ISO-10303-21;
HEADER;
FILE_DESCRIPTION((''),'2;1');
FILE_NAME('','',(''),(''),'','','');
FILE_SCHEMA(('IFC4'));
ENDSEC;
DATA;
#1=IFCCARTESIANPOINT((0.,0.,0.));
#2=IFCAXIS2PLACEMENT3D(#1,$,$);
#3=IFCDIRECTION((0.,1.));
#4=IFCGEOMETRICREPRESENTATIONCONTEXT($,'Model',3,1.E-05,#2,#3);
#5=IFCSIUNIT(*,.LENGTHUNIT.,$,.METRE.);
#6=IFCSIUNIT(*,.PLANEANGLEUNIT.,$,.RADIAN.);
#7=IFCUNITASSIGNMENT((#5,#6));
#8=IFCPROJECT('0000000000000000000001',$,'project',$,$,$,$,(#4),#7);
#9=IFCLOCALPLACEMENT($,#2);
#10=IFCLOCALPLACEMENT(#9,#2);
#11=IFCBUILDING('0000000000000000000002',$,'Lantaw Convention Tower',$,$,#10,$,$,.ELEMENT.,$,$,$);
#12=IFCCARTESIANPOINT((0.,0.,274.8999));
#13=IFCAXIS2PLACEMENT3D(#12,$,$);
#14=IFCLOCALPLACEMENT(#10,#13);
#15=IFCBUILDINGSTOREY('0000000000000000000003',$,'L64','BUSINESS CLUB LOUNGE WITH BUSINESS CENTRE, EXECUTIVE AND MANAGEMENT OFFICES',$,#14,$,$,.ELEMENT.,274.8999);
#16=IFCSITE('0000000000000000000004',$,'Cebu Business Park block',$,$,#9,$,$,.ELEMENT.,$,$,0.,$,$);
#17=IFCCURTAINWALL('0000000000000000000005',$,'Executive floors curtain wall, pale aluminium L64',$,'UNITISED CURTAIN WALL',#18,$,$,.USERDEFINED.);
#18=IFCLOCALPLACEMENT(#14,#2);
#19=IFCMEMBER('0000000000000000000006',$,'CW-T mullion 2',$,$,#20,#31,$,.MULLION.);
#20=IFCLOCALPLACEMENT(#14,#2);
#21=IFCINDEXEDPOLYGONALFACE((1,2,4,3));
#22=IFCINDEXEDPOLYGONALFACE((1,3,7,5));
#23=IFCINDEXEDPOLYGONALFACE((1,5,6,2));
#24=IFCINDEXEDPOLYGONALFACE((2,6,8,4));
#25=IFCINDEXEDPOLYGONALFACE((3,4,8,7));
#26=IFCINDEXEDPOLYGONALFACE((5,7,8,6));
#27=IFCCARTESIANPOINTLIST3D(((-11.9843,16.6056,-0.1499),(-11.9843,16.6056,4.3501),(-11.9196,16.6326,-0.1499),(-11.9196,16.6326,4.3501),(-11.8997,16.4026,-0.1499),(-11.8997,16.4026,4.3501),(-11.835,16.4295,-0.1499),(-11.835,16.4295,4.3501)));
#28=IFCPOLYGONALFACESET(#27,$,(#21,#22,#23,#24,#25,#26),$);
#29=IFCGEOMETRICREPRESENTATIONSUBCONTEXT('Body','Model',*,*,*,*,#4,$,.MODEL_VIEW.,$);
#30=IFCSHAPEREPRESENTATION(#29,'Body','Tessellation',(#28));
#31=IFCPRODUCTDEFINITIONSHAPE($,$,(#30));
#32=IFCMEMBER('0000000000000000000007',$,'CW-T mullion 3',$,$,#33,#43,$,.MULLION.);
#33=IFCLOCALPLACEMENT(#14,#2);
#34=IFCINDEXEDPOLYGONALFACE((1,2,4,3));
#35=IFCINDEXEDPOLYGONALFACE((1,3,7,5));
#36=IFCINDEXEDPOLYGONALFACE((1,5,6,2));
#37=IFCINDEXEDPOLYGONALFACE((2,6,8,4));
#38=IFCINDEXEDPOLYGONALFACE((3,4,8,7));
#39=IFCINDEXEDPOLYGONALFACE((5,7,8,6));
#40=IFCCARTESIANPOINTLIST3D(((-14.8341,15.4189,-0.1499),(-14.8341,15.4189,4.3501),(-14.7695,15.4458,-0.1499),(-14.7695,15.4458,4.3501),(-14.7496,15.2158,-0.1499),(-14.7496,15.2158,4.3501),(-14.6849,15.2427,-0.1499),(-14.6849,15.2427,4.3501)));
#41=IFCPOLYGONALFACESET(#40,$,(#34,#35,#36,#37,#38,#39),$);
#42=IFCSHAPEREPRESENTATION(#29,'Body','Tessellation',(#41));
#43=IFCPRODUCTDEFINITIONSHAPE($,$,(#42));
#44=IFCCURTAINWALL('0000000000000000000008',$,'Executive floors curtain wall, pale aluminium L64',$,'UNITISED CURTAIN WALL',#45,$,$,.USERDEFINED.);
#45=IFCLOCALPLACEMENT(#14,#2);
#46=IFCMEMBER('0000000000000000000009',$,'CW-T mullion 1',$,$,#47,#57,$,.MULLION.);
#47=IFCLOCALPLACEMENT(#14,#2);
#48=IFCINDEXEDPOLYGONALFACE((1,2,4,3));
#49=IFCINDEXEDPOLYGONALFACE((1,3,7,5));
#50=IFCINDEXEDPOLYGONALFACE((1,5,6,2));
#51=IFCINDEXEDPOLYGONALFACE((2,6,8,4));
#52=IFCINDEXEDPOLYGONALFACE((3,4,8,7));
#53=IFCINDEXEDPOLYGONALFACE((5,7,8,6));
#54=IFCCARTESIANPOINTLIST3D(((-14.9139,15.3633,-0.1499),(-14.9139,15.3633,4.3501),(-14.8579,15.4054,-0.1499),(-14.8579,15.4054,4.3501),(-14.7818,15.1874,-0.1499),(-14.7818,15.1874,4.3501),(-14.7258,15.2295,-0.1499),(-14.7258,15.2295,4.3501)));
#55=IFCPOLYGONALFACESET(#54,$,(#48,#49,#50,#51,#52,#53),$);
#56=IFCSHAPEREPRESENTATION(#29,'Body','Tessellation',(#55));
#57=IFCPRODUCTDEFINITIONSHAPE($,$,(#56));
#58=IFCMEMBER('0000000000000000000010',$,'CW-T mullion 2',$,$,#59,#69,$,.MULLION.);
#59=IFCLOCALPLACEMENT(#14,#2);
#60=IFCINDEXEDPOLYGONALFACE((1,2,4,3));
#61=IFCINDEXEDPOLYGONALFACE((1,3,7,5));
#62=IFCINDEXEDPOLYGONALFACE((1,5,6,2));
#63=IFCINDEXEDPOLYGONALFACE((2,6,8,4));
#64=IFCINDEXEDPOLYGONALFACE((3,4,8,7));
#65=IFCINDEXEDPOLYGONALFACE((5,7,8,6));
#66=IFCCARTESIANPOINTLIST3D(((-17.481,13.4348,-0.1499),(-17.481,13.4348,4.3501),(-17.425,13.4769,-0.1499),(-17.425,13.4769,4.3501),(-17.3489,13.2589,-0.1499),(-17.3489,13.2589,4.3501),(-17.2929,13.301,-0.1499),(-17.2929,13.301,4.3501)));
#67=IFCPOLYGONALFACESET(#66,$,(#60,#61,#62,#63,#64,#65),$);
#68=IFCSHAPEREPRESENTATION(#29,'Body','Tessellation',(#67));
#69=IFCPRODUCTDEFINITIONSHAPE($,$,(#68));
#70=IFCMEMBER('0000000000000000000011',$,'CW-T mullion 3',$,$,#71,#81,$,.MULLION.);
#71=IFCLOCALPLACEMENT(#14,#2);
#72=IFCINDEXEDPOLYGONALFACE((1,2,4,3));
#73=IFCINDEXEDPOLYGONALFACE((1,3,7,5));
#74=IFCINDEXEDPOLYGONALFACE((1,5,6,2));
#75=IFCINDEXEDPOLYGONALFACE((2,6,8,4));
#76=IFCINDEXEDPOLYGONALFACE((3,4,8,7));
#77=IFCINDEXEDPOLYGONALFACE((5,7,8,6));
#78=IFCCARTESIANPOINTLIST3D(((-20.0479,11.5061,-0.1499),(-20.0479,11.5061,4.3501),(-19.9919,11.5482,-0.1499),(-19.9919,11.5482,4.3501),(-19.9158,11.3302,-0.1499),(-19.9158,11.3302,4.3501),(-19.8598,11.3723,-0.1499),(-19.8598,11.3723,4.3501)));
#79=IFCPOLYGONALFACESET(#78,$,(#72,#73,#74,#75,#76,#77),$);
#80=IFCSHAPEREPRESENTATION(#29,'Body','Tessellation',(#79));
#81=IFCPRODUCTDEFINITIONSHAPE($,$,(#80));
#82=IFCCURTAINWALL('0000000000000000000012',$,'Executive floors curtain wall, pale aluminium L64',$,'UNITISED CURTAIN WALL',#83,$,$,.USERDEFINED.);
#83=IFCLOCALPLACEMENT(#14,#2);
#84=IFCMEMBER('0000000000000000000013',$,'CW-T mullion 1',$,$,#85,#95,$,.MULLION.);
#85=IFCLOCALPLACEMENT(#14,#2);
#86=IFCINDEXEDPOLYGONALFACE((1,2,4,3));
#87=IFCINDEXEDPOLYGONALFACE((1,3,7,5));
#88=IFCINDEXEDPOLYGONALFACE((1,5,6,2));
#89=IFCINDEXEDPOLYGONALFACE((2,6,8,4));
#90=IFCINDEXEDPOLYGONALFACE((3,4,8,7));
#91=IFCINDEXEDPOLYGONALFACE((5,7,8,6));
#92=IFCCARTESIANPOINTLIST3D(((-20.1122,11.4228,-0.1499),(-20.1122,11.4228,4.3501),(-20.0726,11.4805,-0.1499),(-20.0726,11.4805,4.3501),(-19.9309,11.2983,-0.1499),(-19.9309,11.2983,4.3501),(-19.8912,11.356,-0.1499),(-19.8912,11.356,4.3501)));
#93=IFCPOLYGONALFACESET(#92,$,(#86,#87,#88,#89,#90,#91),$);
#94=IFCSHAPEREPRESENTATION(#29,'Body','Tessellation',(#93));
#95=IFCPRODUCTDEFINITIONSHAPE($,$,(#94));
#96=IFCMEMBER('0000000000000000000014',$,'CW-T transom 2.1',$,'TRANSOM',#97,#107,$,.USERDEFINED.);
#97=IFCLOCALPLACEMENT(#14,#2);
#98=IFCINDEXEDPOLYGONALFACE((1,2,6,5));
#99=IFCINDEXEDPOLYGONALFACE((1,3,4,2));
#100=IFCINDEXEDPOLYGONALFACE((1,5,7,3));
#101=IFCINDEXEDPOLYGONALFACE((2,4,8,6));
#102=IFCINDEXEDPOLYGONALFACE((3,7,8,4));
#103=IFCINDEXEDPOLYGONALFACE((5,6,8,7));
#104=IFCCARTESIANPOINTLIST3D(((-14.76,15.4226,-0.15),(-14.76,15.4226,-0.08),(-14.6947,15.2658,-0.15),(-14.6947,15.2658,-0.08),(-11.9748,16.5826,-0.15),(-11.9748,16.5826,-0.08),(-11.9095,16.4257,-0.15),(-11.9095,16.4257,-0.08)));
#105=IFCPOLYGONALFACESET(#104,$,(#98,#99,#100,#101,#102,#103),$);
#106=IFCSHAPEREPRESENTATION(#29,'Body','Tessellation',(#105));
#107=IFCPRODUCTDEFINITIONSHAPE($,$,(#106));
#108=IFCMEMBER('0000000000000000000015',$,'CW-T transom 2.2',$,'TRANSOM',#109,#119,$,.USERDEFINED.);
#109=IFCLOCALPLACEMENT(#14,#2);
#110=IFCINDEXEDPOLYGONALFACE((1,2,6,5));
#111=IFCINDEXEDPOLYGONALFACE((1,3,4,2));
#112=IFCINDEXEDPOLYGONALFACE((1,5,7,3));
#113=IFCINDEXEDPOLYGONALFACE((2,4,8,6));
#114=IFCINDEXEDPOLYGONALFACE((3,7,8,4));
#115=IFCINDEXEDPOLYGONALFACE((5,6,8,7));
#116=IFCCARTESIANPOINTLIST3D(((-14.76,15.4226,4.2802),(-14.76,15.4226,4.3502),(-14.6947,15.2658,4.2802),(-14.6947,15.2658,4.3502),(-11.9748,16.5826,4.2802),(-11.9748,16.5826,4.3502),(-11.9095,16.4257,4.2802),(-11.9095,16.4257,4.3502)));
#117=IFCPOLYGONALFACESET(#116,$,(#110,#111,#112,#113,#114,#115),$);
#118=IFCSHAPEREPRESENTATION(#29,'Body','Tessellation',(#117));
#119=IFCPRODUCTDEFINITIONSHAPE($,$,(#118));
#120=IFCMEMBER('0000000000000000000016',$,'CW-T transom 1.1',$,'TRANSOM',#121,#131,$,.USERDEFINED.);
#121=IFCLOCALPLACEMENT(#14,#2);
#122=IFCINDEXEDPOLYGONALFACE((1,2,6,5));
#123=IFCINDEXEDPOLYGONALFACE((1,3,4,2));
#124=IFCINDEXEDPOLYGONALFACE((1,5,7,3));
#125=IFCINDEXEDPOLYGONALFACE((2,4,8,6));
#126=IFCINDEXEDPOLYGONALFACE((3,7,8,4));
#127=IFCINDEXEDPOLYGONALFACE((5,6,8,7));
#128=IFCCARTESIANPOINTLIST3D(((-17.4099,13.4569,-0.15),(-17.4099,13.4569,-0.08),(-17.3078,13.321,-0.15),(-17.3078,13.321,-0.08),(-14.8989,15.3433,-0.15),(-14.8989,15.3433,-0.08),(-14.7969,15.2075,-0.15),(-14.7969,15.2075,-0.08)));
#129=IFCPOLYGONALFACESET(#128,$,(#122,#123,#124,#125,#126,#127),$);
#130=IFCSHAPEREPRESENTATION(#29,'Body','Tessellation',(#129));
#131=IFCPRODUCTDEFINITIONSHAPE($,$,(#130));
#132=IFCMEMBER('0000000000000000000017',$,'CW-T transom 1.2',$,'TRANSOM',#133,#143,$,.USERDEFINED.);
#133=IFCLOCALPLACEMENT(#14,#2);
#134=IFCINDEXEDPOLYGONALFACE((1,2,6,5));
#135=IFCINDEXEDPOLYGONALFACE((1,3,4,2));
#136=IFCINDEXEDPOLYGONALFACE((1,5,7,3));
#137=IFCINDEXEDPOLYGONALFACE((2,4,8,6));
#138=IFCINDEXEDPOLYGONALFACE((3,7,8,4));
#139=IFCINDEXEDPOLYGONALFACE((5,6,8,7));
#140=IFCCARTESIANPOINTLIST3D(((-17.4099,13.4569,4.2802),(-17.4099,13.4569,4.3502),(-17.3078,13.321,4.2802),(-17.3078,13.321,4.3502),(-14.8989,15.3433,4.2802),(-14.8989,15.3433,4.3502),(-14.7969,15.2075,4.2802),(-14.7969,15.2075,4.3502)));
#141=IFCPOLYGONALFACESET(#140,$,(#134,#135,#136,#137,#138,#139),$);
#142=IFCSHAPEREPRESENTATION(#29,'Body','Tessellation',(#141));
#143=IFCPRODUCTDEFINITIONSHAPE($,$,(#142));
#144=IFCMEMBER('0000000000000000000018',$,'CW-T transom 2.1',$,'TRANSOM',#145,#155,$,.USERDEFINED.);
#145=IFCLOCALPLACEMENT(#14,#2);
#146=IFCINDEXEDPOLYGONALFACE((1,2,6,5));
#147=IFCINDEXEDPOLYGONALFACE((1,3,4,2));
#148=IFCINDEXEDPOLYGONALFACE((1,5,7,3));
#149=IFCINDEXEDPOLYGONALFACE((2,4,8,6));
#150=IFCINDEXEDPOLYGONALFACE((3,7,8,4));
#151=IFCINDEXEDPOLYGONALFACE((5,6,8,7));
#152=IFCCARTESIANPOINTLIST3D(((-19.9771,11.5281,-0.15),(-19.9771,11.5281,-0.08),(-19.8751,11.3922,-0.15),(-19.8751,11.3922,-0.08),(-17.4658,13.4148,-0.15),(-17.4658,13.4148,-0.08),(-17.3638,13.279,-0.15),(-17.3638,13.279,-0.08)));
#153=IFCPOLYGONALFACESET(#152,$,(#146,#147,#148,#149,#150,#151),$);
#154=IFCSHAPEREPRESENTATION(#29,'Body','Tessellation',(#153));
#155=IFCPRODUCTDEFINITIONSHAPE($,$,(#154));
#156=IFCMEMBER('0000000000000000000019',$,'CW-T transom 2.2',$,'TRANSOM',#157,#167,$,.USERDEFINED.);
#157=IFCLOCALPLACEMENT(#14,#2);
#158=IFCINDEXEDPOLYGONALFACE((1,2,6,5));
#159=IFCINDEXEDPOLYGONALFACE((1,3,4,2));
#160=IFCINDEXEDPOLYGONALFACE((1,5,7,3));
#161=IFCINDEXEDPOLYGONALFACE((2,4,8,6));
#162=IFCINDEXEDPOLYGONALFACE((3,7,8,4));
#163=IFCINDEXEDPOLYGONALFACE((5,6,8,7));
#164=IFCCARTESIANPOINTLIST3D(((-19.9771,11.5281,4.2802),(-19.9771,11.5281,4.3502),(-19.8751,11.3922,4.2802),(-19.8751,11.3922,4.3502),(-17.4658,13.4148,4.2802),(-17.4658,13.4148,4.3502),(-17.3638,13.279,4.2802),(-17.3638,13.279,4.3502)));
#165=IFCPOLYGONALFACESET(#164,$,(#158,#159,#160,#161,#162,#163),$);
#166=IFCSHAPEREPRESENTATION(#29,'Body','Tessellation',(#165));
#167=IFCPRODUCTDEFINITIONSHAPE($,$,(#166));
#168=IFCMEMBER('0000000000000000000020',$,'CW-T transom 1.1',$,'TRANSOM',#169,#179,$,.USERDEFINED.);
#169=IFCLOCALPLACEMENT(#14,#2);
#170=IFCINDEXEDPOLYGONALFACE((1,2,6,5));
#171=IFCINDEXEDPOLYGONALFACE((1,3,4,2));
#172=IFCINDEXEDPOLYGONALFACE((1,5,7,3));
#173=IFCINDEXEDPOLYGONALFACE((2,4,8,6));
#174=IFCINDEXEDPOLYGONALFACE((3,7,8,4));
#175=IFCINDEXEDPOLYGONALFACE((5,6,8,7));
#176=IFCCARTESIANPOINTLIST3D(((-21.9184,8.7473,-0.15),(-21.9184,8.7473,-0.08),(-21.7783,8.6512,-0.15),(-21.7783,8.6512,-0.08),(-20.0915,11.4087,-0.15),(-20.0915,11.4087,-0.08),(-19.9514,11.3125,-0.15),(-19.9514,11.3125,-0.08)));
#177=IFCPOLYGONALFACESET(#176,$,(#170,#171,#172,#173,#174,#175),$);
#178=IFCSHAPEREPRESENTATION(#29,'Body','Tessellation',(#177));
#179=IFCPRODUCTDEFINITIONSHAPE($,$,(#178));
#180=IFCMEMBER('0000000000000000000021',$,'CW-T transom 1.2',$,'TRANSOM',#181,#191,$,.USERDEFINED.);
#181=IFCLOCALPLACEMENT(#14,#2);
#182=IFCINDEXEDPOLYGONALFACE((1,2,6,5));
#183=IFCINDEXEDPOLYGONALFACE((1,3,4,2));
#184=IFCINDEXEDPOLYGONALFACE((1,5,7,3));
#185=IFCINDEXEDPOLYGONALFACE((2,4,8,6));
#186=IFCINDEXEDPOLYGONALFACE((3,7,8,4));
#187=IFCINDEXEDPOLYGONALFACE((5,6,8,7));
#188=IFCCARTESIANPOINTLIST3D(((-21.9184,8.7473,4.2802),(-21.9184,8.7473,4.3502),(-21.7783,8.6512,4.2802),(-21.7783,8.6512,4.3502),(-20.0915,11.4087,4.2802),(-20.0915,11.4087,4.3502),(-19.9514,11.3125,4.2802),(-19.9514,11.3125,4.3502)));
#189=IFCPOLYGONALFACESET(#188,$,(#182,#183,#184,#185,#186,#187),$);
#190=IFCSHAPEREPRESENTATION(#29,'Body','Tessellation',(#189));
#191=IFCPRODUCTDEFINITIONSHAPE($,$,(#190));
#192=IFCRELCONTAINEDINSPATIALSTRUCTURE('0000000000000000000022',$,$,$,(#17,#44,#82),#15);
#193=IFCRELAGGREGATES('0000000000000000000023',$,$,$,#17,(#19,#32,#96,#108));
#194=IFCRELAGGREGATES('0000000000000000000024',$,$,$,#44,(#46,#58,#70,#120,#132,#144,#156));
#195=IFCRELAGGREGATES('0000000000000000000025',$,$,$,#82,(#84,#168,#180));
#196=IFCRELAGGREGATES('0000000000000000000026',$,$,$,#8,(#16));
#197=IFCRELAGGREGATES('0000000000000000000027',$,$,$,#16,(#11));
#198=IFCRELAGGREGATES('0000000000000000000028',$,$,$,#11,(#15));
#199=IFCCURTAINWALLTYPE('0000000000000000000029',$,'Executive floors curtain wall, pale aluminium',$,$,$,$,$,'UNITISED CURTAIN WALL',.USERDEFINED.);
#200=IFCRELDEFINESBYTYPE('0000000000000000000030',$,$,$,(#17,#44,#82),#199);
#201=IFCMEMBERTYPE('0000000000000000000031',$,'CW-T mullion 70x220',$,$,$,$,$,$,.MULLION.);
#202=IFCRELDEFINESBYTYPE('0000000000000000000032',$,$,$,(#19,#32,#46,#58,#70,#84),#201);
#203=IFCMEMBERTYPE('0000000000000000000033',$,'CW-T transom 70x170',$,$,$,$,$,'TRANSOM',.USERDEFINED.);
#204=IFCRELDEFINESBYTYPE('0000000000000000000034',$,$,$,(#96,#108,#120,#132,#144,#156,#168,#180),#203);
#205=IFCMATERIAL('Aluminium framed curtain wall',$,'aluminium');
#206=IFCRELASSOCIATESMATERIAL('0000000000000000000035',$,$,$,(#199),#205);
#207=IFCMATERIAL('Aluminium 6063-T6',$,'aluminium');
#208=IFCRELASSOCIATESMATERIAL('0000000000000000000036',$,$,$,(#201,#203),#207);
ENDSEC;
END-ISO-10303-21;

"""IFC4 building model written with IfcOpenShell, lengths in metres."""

from ifc_helpers import new_model, si_unit, direction, frame, origin, origin_2d, place, context, subcontext, project, spatial, rectangle, extrude, material, material_profile, profile_set, type_object, element, aggregate, save


model = new_model("IFC4")

# Units and contexts
model_context = context("Model", 3, precision=1e-05, world=origin(), true_north=direction((0.0, 1.0)))
body_context = subcontext(model_context, "Body", "Model", "MODEL_VIEW")
ifc_project = project(units=[si_unit("LENGTHUNIT", "METRE"), si_unit("PLANEANGLEUNIT", "RADIAN")], contexts=[model_context])

# Site, building, storey
site_placement = place(None, origin())
site = spatial("IfcSite", under=ifc_project, at=site_placement, Name="Cebu Business Park block", CompositionType="ELEMENT", RefElevation=0.0)
building_placement = place(site_placement, origin())
building = spatial("IfcBuilding", under=site, at=building_placement, Name="Lantaw Convention Tower", CompositionType="ELEMENT")
storey_placement = place(building_placement, frame((0.0, 0.0, 274.8999)))
storey = spatial("IfcBuildingStorey", under=building, at=storey_placement, Name="L64", Description="BUSINESS CLUB LOUNGE WITH BUSINESS CENTRE, EXECUTIVE AND MANAGEMENT OFFICES", CompositionType="ELEMENT", Elevation=274.8999)

# Curtain walls, members
ifc_material_1 = material(Name="Aluminium framed curtain wall", Category="aluminium")
curtain_wall_type = type_object("IfcCurtainWallType", Name="Executive floors curtain wall, pale aluminium", ElementType="UNITISED CURTAIN WALL", PredefinedType="USERDEFINED", material=ifc_material_1)
curtain_wall_1_placement = place(storey_placement, origin())
curtain_wall_1 = element("IfcCurtainWall", 1, at=curtain_wall_1_placement, inside=storey, type_object=curtain_wall_type, Name="Executive floors curtain wall, pale aluminium L64", ObjectType="UNITISED CURTAIN WALL", PredefinedType="USERDEFINED")
ifc_material_2 = material(Name="Aluminium 6063-T6", Category="aluminium")
ifc_material_profile_1 = material_profile(ifc_material_2, rectangle(XDim=0.22, YDim=0.0701, at=origin_2d()), Name="CW-T mullion 70x220")
ifc_profile_set_1 = profile_set([ifc_material_profile_1], Name="Aluminium 6063-T6")
member_type_1 = type_object("IfcMemberType", Name="CW-T mullion 70x220", PredefinedType="MULLION", material=ifc_profile_set_1)
member_1_placement = place(storey_placement, frame((-11.9097, 16.5176, -0.1499), z_axis=(0.0, 0.0, 1.0), x_axis=(0.38446, -0.923142, 0.0)))
member_1 = element("IfcMember", 2, at=member_1_placement, type_object=member_type_1, Name="CW-T mullion 2", PredefinedType="MULLION", context=body_context, shape_type="SweptSolid", body=[
    extrude(rectangle(XDim=0.22, YDim=0.0701, at=origin_2d()), origin(), (0.0, 0.0, 1.0), 4.5),
])
member_2_placement = place(storey_placement, frame((-14.7595, 15.3308, -0.1499), z_axis=(0.0, 0.0, 1.0), x_axis=(0.38446, -0.923142, 0.0)))
member_2 = element("IfcMember", 3, at=member_2_placement, type_object=member_type_1, Name="CW-T mullion 3", PredefinedType="MULLION", context=body_context, shape_type="SweptSolid", body=[
    extrude(rectangle(XDim=0.22, YDim=0.0701, at=origin_2d()), origin(), (0.0, 0.0, 1.0), 4.5),
])
curtain_wall_2_placement = place(storey_placement, origin())
curtain_wall_2 = element("IfcCurtainWall", 4, at=curtain_wall_2_placement, inside=storey, type_object=curtain_wall_type, Name="Executive floors curtain wall, pale aluminium L64", ObjectType="UNITISED CURTAIN WALL", PredefinedType="USERDEFINED")
member_3_placement = place(storey_placement, frame((-14.8198, 15.2964, -0.1499), z_axis=(0.0, 0.0, 1.0), x_axis=(0.600643, -0.799518, 0.0)))
member_3 = element("IfcMember", 5, at=member_3_placement, type_object=member_type_1, Name="CW-T mullion 1", PredefinedType="MULLION", context=body_context, shape_type="SweptSolid", body=[
    extrude(rectangle(XDim=0.22, YDim=0.0701, at=origin_2d()), origin(), (0.0, 0.0, 1.0), 4.5),
])
member_4_placement = place(storey_placement, frame((-17.387, 13.3679, -0.1499), z_axis=(0.0, 0.0, 1.0), x_axis=(0.600643, -0.799518, 0.0)))
member_4 = element("IfcMember", 6, at=member_4_placement, type_object=member_type_1, Name="CW-T mullion 2", PredefinedType="MULLION", context=body_context, shape_type="SweptSolid", body=[
    extrude(rectangle(XDim=0.22, YDim=0.0701, at=origin_2d()), origin(), (0.0, 0.0, 1.0), 4.5),
])
member_5_placement = place(storey_placement, frame((-19.9539, 11.4392, -0.1499), z_axis=(0.0, 0.0, 1.0), x_axis=(0.600643, -0.799518, 0.0)))
member_5 = element("IfcMember", 7, at=member_5_placement, type_object=member_type_1, Name="CW-T mullion 3", PredefinedType="MULLION", context=body_context, shape_type="SweptSolid", body=[
    extrude(rectangle(XDim=0.22, YDim=0.0701, at=origin_2d()), origin(), (0.0, 0.0, 1.0), 4.5),
])

# Curtain wall, member
curtain_wall_3_placement = place(storey_placement, origin())
curtain_wall_3 = element("IfcCurtainWall", 8, at=curtain_wall_3_placement, inside=storey, type_object=curtain_wall_type, Name="Executive floors curtain wall, pale aluminium L64", ObjectType="UNITISED CURTAIN WALL", PredefinedType="USERDEFINED")
member_6_placement = place(storey_placement, frame((-20.0017, 11.3894, -0.1499), z_axis=(0.0, 0.0, 1.0), x_axis=(0.82445, -0.565935, 0.0)))
member_6 = element("IfcMember", 9, at=member_6_placement, type_object=member_type_1, Name="CW-T mullion 1", PredefinedType="MULLION", context=body_context, shape_type="SweptSolid", body=[
    extrude(rectangle(XDim=0.22, YDim=0.0701, at=origin_2d()), origin(), (0.0, 0.0, 1.0), 4.5),
])

# Members
ifc_material_profile_2 = material_profile(ifc_material_2, rectangle(XDim=0.1699, YDim=0.0701, at=origin_2d()), Name="CW-T transom 70x170")
ifc_profile_set_2 = profile_set([ifc_material_profile_2], Name="Aluminium 6063-T6")
member_type_2 = type_object("IfcMemberType", Name="CW-T transom 70x170", ElementType="TRANSOM", PredefinedType="USERDEFINED", material=ifc_profile_set_2)
member_7_placement = place(storey_placement, frame((-11.9421, 16.5042, -0.115), z_axis=(-0.923144, -0.384454, 0.0), x_axis=(0.384454, -0.923144, 0.0)))
member_7 = element("IfcMember", 10, at=member_7_placement, type_object=member_type_2, Name="CW-T transom 2.1", ObjectType="TRANSOM", PredefinedType="USERDEFINED", context=body_context, shape_type="SweptSolid", body=[
    extrude(rectangle(XDim=0.1699, YDim=0.0701, at=origin_2d()), origin(), (0.0, 0.0, 1.0), 3.0171),
])
member_8_placement = place(storey_placement, frame((-11.9421, 16.5042, 4.3152), z_axis=(-0.923144, -0.384454, 0.0), x_axis=(0.384454, -0.923144, 0.0)))
member_8 = element("IfcMember", 11, at=member_8_placement, type_object=member_type_2, Name="CW-T transom 2.2", ObjectType="TRANSOM", PredefinedType="USERDEFINED", context=body_context, shape_type="SweptSolid", body=[
    extrude(rectangle(XDim=0.1699, YDim=0.0701, at=origin_2d()), origin(), (0.0, 0.0, 1.0), 3.0171),
])
member_9_placement = place(storey_placement, frame((-14.8479, 15.2754, -0.115), z_axis=(-0.799505, -0.600659, 0.0), x_axis=(0.600659, -0.799505, 0.0)))
member_9 = element("IfcMember", 12, at=member_9_placement, type_object=member_type_2, Name="CW-T transom 1.1", ObjectType="TRANSOM", PredefinedType="USERDEFINED", context=body_context, shape_type="SweptSolid", body=[
    extrude(rectangle(XDim=0.1699, YDim=0.0701, at=origin_2d()), origin(), (0.0, 0.0, 1.0), 3.1406),
])
member_10_placement = place(storey_placement, frame((-14.8479, 15.2754, 4.3152), z_axis=(-0.799505, -0.600659, 0.0), x_axis=(0.600659, -0.799505, 0.0)))
member_10 = element("IfcMember", 13, at=member_10_placement, type_object=member_type_2, Name="CW-T transom 1.2", ObjectType="TRANSOM", PredefinedType="USERDEFINED", context=body_context, shape_type="SweptSolid", body=[
    extrude(rectangle(XDim=0.1699, YDim=0.0701, at=origin_2d()), origin(), (0.0, 0.0, 1.0), 3.1406),
])
member_11_placement = place(storey_placement, frame((-17.4148, 13.3469, -0.115), z_axis=(-0.799496, -0.600671, 0.0), x_axis=(0.600671, -0.799496, 0.0)))
member_11 = element("IfcMember", 14, at=member_11_placement, type_object=member_type_2, Name="CW-T transom 2.1", ObjectType="TRANSOM", PredefinedType="USERDEFINED", context=body_context, shape_type="SweptSolid", body=[
    extrude(rectangle(XDim=0.1699, YDim=0.0701, at=origin_2d()), origin(), (0.0, 0.0, 1.0), 3.1411),
])
member_12_placement = place(storey_placement, frame((-17.4148, 13.3469, 4.3152), z_axis=(-0.799496, -0.600671, 0.0), x_axis=(0.600671, -0.799496, 0.0)))
member_12 = element("IfcMember", 15, at=member_12_placement, type_object=member_type_2, Name="CW-T transom 2.2", ObjectType="TRANSOM", PredefinedType="USERDEFINED", context=body_context, shape_type="SweptSolid", body=[
    extrude(rectangle(XDim=0.1699, YDim=0.0701, at=origin_2d()), origin(), (0.0, 0.0, 1.0), 3.1411),
])
member_13_placement = place(storey_placement, frame((-20.0215, 11.3606, -0.115), z_axis=(-0.565941, -0.824446, 0.0), x_axis=(0.824446, -0.565941, 0.0)))
member_13 = element("IfcMember", 16, at=member_13_placement, type_object=member_type_2, Name="CW-T transom 1.1", ObjectType="TRANSOM", PredefinedType="USERDEFINED", context=body_context, shape_type="SweptSolid", body=[
    extrude(rectangle(XDim=0.1699, YDim=0.0701, at=origin_2d()), origin(), (0.0, 0.0, 1.0), 3.228),
])
member_14_placement = place(storey_placement, frame((-20.0215, 11.3606, 4.3152), z_axis=(-0.565941, -0.824446, 0.0), x_axis=(0.824446, -0.565941, 0.0)))
member_14 = element("IfcMember", 17, at=member_14_placement, type_object=member_type_2, Name="CW-T transom 1.2", ObjectType="TRANSOM", PredefinedType="USERDEFINED", context=body_context, shape_type="SweptSolid", body=[
    extrude(rectangle(XDim=0.1699, YDim=0.0701, at=origin_2d()), origin(), (0.0, 0.0, 1.0), 3.228),
])

aggregate(curtain_wall_1, [member_1, member_2, member_7, member_8])
aggregate(curtain_wall_2, [member_3, member_4, member_5, member_9, member_10, member_11, member_12])
aggregate(curtain_wall_3, [member_6, member_13, member_14])

save(model, "model.ifc")
